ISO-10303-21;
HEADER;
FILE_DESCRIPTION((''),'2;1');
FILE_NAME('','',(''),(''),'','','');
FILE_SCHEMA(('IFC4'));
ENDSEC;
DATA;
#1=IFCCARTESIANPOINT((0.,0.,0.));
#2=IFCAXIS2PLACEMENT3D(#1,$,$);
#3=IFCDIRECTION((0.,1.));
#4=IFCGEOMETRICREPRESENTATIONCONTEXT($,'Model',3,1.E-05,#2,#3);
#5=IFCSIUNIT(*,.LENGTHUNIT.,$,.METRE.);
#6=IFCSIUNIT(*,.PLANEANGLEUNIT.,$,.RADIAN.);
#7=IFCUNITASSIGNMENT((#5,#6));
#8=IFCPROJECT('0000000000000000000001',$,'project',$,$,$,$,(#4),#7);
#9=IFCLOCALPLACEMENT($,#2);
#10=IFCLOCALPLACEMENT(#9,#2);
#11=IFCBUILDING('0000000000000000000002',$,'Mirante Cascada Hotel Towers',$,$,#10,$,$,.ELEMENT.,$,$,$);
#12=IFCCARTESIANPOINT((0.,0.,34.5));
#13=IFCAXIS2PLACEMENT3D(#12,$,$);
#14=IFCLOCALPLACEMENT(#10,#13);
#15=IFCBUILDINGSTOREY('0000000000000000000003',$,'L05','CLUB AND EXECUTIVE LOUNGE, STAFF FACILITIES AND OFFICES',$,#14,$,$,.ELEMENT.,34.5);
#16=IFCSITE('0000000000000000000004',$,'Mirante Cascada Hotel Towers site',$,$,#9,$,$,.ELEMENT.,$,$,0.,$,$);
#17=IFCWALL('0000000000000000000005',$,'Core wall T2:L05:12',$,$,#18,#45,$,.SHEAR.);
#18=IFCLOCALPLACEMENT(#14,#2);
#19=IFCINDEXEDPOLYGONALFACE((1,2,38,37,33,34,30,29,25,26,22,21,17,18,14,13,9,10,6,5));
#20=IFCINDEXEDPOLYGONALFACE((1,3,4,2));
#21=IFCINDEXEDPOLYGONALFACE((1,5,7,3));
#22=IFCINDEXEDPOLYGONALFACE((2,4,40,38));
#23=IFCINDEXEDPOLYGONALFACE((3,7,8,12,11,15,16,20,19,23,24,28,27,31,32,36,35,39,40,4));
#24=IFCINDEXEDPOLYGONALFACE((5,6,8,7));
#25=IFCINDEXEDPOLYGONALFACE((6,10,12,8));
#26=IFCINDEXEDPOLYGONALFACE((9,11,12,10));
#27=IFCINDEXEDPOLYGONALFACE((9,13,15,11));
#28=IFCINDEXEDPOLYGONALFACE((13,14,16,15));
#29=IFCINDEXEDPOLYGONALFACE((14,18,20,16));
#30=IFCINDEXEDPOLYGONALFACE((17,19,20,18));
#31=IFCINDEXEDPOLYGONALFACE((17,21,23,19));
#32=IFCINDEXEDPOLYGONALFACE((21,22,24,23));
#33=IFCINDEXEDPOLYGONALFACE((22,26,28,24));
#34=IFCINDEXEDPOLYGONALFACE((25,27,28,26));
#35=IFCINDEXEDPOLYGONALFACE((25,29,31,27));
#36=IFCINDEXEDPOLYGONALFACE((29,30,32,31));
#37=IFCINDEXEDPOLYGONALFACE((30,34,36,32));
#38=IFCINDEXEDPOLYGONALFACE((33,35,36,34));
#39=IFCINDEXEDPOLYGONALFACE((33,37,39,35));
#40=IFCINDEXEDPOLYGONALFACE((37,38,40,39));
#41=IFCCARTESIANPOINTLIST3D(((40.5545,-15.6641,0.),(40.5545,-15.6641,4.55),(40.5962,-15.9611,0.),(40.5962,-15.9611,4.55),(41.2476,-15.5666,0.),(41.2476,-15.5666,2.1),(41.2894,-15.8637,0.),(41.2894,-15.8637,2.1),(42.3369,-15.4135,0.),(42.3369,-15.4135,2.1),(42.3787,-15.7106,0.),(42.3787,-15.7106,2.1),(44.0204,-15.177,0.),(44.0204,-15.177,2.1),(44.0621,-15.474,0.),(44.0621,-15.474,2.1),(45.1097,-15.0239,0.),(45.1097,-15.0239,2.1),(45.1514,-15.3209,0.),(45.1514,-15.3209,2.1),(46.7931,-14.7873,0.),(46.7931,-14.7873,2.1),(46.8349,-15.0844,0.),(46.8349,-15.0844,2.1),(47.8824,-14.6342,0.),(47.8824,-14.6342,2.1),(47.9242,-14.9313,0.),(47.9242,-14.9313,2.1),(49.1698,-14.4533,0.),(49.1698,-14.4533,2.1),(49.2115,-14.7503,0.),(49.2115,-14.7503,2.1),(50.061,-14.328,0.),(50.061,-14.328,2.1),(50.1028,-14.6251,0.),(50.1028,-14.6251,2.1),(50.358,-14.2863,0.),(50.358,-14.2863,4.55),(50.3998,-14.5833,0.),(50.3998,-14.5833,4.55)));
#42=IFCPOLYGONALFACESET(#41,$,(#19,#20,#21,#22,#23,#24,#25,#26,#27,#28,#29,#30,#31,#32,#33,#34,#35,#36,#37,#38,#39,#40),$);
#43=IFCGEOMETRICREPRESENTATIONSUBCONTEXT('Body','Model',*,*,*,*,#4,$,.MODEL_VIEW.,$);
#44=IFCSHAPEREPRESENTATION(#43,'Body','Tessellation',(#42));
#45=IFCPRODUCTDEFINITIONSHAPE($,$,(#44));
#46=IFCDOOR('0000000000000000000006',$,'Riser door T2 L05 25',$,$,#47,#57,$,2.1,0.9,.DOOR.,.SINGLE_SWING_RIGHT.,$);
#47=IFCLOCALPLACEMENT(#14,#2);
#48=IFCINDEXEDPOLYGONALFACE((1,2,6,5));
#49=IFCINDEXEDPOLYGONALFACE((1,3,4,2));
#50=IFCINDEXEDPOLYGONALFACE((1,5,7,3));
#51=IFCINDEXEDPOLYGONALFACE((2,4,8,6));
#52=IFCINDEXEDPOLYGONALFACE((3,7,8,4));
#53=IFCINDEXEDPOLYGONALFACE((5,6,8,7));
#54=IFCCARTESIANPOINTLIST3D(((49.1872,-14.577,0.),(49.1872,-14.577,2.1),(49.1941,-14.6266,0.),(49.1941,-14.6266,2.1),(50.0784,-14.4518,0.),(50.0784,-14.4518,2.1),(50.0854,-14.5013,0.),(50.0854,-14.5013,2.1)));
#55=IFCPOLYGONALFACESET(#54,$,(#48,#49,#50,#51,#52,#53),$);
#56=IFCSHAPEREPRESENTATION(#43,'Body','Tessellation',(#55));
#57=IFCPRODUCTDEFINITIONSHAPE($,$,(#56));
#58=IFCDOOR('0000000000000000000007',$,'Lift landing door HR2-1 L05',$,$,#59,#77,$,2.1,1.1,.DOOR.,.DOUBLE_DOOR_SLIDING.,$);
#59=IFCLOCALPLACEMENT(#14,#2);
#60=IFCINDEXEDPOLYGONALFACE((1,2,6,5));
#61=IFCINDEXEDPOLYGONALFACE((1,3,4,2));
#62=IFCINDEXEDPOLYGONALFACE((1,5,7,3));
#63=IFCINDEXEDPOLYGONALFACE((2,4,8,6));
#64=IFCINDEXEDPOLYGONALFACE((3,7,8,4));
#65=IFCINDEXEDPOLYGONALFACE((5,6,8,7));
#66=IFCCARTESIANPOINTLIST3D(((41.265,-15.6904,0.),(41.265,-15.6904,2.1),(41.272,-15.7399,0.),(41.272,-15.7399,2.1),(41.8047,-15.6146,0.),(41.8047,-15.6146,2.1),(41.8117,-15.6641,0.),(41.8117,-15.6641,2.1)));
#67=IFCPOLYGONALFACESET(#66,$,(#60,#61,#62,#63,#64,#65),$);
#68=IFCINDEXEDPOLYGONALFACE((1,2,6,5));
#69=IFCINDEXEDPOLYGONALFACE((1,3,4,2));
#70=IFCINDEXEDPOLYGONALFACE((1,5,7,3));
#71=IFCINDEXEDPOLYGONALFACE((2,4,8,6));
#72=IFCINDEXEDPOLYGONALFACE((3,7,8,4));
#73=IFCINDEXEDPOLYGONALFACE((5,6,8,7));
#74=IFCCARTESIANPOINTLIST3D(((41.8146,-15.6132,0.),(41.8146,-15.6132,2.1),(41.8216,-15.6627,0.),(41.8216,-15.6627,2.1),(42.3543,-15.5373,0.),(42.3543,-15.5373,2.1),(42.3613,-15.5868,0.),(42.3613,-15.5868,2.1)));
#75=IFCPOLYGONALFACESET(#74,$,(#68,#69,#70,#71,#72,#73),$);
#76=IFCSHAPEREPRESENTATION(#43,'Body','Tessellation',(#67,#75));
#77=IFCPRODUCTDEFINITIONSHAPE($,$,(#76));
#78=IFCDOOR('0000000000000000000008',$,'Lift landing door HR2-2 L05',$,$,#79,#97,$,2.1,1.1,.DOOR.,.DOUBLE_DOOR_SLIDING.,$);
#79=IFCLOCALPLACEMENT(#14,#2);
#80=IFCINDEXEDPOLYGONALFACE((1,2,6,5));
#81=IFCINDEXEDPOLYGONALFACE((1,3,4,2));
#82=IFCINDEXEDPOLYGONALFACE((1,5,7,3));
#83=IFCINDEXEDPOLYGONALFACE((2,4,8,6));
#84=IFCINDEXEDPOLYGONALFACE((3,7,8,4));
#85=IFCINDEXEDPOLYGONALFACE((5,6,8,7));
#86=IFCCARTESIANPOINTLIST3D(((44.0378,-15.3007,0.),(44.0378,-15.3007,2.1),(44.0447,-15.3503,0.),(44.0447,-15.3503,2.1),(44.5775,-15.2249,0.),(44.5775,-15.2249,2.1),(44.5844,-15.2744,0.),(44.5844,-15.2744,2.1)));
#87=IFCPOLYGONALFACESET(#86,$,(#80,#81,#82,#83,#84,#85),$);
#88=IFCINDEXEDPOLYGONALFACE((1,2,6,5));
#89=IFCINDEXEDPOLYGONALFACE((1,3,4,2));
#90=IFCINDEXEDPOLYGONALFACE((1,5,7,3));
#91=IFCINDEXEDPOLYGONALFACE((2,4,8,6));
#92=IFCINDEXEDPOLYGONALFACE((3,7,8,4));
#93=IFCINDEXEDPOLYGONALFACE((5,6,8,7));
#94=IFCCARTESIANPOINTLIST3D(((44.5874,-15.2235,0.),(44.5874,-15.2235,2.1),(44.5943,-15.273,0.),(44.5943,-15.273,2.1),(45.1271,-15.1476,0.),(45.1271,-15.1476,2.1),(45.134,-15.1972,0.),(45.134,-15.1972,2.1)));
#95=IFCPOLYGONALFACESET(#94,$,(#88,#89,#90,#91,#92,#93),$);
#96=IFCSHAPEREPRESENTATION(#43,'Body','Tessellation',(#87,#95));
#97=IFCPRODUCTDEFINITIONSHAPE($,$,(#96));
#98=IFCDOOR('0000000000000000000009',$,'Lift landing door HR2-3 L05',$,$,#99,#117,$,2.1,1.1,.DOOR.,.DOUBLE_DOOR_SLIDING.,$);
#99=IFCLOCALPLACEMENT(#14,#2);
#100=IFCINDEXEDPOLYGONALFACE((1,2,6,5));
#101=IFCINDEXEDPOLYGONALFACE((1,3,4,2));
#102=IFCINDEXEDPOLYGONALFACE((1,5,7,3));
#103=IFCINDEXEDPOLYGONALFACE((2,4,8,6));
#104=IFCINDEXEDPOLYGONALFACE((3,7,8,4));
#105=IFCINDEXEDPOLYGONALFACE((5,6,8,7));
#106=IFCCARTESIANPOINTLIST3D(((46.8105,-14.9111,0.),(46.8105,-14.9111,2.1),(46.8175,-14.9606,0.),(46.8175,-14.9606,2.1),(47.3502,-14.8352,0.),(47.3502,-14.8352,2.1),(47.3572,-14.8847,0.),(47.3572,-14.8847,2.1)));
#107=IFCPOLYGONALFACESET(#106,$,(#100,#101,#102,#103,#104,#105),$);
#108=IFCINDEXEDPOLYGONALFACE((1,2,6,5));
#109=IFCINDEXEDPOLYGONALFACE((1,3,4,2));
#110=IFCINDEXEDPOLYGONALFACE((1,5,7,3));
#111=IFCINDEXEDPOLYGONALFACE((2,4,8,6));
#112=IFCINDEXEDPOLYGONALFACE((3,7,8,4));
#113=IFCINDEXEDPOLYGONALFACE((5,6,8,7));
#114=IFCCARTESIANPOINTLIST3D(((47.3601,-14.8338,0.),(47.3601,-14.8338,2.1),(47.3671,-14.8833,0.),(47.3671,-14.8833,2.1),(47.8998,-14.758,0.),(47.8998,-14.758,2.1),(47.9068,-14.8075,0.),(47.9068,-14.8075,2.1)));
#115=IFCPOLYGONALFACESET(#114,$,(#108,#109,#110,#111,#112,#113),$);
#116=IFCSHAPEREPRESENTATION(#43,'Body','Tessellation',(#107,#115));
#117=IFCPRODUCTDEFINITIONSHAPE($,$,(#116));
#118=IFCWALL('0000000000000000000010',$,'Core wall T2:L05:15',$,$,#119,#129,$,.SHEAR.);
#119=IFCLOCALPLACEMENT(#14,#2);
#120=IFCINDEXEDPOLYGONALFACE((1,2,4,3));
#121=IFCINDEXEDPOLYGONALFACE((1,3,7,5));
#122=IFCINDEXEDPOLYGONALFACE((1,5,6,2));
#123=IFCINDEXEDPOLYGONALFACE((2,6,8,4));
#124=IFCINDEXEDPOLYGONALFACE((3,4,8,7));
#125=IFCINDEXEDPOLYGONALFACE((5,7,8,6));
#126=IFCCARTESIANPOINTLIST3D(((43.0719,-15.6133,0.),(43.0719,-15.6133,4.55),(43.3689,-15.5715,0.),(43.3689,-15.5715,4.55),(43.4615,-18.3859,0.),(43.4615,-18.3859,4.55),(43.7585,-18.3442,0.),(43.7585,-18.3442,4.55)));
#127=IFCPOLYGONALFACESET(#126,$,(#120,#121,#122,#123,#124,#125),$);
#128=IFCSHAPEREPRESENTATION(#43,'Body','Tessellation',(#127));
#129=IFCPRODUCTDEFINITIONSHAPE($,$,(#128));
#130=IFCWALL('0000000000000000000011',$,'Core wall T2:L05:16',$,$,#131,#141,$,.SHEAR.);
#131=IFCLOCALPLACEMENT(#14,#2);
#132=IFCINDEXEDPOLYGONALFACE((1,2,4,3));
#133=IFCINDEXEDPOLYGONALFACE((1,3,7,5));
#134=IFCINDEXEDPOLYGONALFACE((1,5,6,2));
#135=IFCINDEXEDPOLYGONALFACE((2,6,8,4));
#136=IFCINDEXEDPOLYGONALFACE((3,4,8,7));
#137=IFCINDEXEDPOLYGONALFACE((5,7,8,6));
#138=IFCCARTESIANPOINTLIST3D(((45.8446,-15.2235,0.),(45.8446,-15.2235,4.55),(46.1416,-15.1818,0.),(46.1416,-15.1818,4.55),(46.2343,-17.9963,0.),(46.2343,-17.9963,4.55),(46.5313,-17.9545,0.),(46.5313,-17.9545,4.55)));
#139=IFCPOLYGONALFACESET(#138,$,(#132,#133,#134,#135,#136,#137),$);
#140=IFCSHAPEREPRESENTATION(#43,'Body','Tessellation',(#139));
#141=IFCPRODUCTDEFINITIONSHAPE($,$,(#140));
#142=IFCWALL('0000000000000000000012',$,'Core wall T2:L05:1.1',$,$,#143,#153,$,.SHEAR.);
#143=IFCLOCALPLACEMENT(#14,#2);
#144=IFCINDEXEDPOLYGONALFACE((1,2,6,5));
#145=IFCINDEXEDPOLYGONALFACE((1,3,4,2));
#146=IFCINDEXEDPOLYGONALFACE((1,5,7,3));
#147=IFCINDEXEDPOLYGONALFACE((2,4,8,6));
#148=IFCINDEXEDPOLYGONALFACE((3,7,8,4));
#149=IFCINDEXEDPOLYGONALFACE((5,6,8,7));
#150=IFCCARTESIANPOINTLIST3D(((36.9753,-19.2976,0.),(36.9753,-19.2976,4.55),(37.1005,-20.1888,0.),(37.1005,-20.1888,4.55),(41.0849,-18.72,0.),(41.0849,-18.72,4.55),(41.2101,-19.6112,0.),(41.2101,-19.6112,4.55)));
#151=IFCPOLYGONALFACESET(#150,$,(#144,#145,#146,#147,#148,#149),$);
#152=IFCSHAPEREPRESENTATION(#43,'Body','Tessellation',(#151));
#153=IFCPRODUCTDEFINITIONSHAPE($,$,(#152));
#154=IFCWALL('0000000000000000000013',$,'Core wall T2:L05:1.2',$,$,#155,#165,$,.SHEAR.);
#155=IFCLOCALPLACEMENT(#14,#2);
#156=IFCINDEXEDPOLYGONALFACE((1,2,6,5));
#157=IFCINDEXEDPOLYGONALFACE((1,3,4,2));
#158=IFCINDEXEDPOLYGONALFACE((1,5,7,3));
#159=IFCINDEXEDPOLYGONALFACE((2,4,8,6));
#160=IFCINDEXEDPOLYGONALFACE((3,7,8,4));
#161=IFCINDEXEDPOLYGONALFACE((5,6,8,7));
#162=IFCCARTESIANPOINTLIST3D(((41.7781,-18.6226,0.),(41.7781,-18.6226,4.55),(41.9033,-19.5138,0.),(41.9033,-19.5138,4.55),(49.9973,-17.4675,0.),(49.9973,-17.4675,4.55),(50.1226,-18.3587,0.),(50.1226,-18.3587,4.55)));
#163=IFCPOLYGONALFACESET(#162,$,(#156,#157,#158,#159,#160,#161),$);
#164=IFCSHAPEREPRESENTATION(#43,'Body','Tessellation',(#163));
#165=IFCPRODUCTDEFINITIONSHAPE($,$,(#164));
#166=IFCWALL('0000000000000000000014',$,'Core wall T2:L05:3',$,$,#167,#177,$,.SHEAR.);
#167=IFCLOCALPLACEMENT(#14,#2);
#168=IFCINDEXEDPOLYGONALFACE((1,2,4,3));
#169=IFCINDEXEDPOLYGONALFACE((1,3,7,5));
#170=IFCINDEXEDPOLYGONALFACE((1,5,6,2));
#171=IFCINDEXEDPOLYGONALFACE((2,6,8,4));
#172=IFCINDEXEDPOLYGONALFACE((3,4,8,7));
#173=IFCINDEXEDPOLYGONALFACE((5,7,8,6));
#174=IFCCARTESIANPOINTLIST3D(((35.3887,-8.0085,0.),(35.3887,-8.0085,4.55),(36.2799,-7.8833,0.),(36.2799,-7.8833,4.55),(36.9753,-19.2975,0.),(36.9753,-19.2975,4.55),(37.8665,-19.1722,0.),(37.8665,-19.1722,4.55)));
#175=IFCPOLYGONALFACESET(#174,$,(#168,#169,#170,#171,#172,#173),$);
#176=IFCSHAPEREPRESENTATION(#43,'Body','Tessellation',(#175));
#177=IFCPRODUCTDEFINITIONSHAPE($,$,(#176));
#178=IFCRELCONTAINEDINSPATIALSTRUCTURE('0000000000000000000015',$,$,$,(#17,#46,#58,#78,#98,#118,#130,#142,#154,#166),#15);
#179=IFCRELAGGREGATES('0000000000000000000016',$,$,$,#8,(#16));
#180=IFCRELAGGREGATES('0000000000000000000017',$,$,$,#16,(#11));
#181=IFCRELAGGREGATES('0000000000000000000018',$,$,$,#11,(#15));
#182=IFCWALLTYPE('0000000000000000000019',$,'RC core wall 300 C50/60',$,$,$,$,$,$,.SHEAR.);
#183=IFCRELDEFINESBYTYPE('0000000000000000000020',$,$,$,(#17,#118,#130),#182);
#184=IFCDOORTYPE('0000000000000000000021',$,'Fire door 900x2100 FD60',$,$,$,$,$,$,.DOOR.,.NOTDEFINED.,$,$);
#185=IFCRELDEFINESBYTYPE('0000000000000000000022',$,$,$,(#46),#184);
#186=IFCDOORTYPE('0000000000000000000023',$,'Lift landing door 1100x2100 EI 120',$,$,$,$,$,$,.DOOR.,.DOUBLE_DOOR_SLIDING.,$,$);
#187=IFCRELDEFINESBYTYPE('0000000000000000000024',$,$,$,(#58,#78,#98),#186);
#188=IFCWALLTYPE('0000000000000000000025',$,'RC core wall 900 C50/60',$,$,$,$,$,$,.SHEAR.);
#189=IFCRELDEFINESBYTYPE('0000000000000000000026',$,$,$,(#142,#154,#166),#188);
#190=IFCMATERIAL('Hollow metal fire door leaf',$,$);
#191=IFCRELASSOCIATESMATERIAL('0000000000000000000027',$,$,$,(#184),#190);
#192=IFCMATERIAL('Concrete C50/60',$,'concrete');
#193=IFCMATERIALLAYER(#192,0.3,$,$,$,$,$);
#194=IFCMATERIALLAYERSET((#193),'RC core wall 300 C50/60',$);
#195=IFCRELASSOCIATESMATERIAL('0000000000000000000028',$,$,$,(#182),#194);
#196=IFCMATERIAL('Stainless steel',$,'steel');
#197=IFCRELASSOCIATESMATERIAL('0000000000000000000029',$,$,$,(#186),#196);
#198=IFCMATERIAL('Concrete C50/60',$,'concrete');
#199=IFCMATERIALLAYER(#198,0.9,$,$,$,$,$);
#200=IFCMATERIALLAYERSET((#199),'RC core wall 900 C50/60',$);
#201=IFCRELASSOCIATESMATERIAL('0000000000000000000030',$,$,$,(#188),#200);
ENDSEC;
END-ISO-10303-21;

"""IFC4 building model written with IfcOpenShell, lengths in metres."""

from ifc_helpers import new_model, si_unit, direction, frame, frame_2d, origin, place, context, subcontext, project, spatial, rectangle, extrude, material, layer, layer_set, type_object, element, fill, save


model = new_model("IFC4")

# Units and contexts
model_context = context("Model", 3, precision=1e-05, world=origin(), true_north=direction((0.0, 1.0)))
body_context = subcontext(model_context, "Body", "Model", "MODEL_VIEW")
ifc_project = project(units=[si_unit("LENGTHUNIT", "METRE"), si_unit("PLANEANGLEUNIT", "RADIAN")], contexts=[model_context])

# Site, building, storey
site_placement = place(None, origin())
site = spatial("IfcSite", under=ifc_project, at=site_placement, Name="Mirante Cascada Hotel Towers site", CompositionType="ELEMENT", RefElevation=0.0)
building_placement = place(site_placement, origin())
building = spatial("IfcBuilding", under=site, at=building_placement, Name="Mirante Cascada Hotel Towers", CompositionType="ELEMENT")
storey_placement = place(building_placement, frame((0.0, 0.0, 34.5)))
storey = spatial("IfcBuildingStorey", under=building, at=storey_placement, Name="L05", Description="CLUB AND EXECUTIVE LOUNGE, STAFF FACILITIES AND OFFICES", CompositionType="ELEMENT", Elevation=34.5)

# Shared definitions
ifc_material_1 = material(Name="Hollow metal fire door leaf")
door_type_1 = type_object("IfcDoorType", Name="Fire door 900x2100 FD60", OperationType="NOTDEFINED", PredefinedType="DOOR", material=ifc_material_1)

# Shared definitions
ifc_material_2 = material(Name="Concrete C50/60", Category="concrete")
ifc_layer_1 = layer(ifc_material_2, 0.3)
ifc_layer_set_1 = layer_set([ifc_layer_1], Name="RC core wall 300 C50/60")
wall_type_1 = type_object("IfcWallType", Name="RC core wall 300 C50/60", PredefinedType="SHEAR", material=ifc_layer_set_1)

# Wall, openings, doors
wall_1_placement = place(storey_placement, frame((40.5753, -15.8126, 0.0), z_axis=(0.0, 0.0, 1.0), x_axis=(0.990268, 0.139173, 0.0)))
wall_1 = element("IfcWall", 1, at=wall_1_placement, inside=storey, type_object=wall_type_1, Name="Core wall T2:L05:12", PredefinedType="SHEAR", context=body_context, shape_type="SweptSolid", body=[
    extrude(rectangle(XDim=9.8999, YDim=0.3, at=frame_2d((4.95, 0.0))), origin(), (0.0, 0.0, 1.0), 4.55),
])
opening_1_placement = place(wall_1_placement, frame((0.7, 0.0, 0.0)))
opening_1 = element("IfcOpeningElement", 2, at=opening_1_placement, cuts=wall_1, PredefinedType="OPENING", context=body_context, shape_type="SweptSolid", body=[
    extrude(rectangle(XDim=1.1, YDim=2.1, at=frame_2d((0.55, 1.05))), frame((0.0, 0.15, 0.0), z_axis=(0.0, -1.0, 0.0), x_axis=(1.0, 0.0, 0.0)), (0.0, 0.0, 1.0), 0.3),
])
opening_2_placement = place(wall_1_placement, frame((3.5, 0.0, 0.0)))
opening_2 = element("IfcOpeningElement", 3, at=opening_2_placement, cuts=wall_1, PredefinedType="OPENING", context=body_context, shape_type="SweptSolid", body=[
    extrude(rectangle(XDim=1.1, YDim=2.1, at=frame_2d((0.55, 1.05))), frame((0.0, 0.15, 0.0), z_axis=(0.0, -1.0, 0.0), x_axis=(1.0, 0.0, 0.0)), (0.0, 0.0, 1.0), 0.3),
])
opening_3_placement = place(wall_1_placement, frame((6.3, 0.0, 0.0)))
opening_3 = element("IfcOpeningElement", 4, at=opening_3_placement, cuts=wall_1, PredefinedType="OPENING", context=body_context, shape_type="SweptSolid", body=[
    extrude(rectangle(XDim=1.1, YDim=2.1, at=frame_2d((0.55, 1.05))), frame((0.0, 0.15, 0.0), z_axis=(0.0, -1.0, 0.0), x_axis=(1.0, 0.0, 0.0)), (0.0, 0.0, 1.0), 0.3),
])
opening_4_placement = place(wall_1_placement, frame((8.7, 0.0, 0.0)))
opening_4 = element("IfcOpeningElement", 5, at=opening_4_placement, cuts=wall_1, PredefinedType="OPENING", context=body_context, shape_type="SweptSolid", body=[
    extrude(rectangle(XDim=0.9, YDim=2.1, at=frame_2d((0.45, 1.05))), frame((0.0, 0.15, 0.0), z_axis=(0.0, -1.0, 0.0), x_axis=(1.0, 0.0, 0.0)), (0.0, 0.0, 1.0), 0.3),
])
door_1_placement = place(opening_4_placement, frame((0.9, 0.0, 0.0), z_axis=(0.0, 0.0, 1.0), x_axis=(-1.0, 0.0, 0.0)))
door_1 = element("IfcDoor", 6, at=door_1_placement, inside=storey, type_object=door_type_1, Name="Riser door T2 L05 25", OperationType="SINGLE_SWING_RIGHT", OverallHeight=2.1, OverallWidth=0.9, PredefinedType="DOOR", context=body_context, shape_type="SweptSolid", body=[
    extrude(rectangle(XDim=0.9, YDim=2.1, at=frame_2d((0.45, 1.05))), frame((0.0, 0.025, 0.0), z_axis=(0.0, -1.0, 0.0), x_axis=(1.0, 0.0, 0.0)), (0.0, 0.0, 1.0), 0.05),
])
fill(opening_4, door_1)
ifc_material_3 = material(Name="Stainless steel", Category="steel")
door_type_2 = type_object("IfcDoorType", Name="Lift landing door 1100x2100 EI 120", OperationType="DOUBLE_DOOR_SLIDING", PredefinedType="DOOR", material=ifc_material_3)
door_2_placement = place(opening_1_placement, origin())
door_2 = element("IfcDoor", 7, at=door_2_placement, inside=storey, type_object=door_type_2, Name="Lift landing door HR2-1 L05", OperationType="DOUBLE_DOOR_SLIDING", OverallHeight=2.1, OverallWidth=1.1, PredefinedType="DOOR", context=body_context, shape_type="SweptSolid", body=[
    extrude(rectangle(XDim=0.545, YDim=2.1, at=frame_2d((0.2725, 1.05))), frame((0.0, 0.025, 0.0), z_axis=(0.0, -1.0, 0.0), x_axis=(1.0, 0.0, 0.0)), (0.0, 0.0, 1.0), 0.05),
    extrude(rectangle(XDim=0.545, YDim=2.1, at=frame_2d((0.8275, 1.05))), frame((0.0, 0.025, 0.0), z_axis=(0.0, -1.0, 0.0), x_axis=(1.0, 0.0, 0.0)), (0.0, 0.0, 1.0), 0.05),
])
fill(opening_1, door_2)
door_3_placement = place(opening_2_placement, origin())
door_3 = element("IfcDoor", 8, at=door_3_placement, inside=storey, type_object=door_type_2, Name="Lift landing door HR2-2 L05", OperationType="DOUBLE_DOOR_SLIDING", OverallHeight=2.1, OverallWidth=1.1, PredefinedType="DOOR", context=body_context, shape_type="SweptSolid", body=[
    extrude(rectangle(XDim=0.545, YDim=2.1, at=frame_2d((0.2725, 1.05))), frame((0.0, 0.025, 0.0), z_axis=(0.0, -1.0, 0.0), x_axis=(1.0, 0.0, 0.0)), (0.0, 0.0, 1.0), 0.05),
    extrude(rectangle(XDim=0.545, YDim=2.1, at=frame_2d((0.8275, 1.05))), frame((0.0, 0.025, 0.0), z_axis=(0.0, -1.0, 0.0), x_axis=(1.0, 0.0, 0.0)), (0.0, 0.0, 1.0), 0.05),
])
fill(opening_2, door_3)
door_4_placement = place(opening_3_placement, origin())
door_4 = element("IfcDoor", 9, at=door_4_placement, inside=storey, type_object=door_type_2, Name="Lift landing door HR2-3 L05", OperationType="DOUBLE_DOOR_SLIDING", OverallHeight=2.1, OverallWidth=1.1, PredefinedType="DOOR", context=body_context, shape_type="SweptSolid", body=[
    extrude(rectangle(XDim=0.545, YDim=2.1, at=frame_2d((0.2725, 1.05))), frame((0.0, 0.025, 0.0), z_axis=(0.0, -1.0, 0.0), x_axis=(1.0, 0.0, 0.0)), (0.0, 0.0, 1.0), 0.05),
    extrude(rectangle(XDim=0.545, YDim=2.1, at=frame_2d((0.8275, 1.05))), frame((0.0, 0.025, 0.0), z_axis=(0.0, -1.0, 0.0), x_axis=(1.0, 0.0, 0.0)), (0.0, 0.0, 1.0), 0.05),
])
fill(opening_3, door_4)

# Walls
wall_2_placement = place(storey_placement, frame((43.61, -18.3651, 0.0), z_axis=(0.0, 0.0, 1.0), x_axis=(-0.139146, 0.990272, 0.0)))
element("IfcWall", 10, at=wall_2_placement, inside=storey, type_object=wall_type_1, Name="Core wall T2:L05:15", PredefinedType="SHEAR", context=body_context, shape_type="SweptSolid", body=[
    extrude(rectangle(XDim=2.7999, YDim=0.3, at=frame_2d((1.4, 0.0))), origin(), (0.0, 0.0, 1.0), 4.55),
])
wall_3_placement = place(storey_placement, frame((46.3828, -17.9754, 0.0), z_axis=(0.0, 0.0, 1.0), x_axis=(-0.139181, 0.990267, 0.0)))
element("IfcWall", 11, at=wall_3_placement, inside=storey, type_object=wall_type_1, Name="Core wall T2:L05:16", PredefinedType="SHEAR", context=body_context, shape_type="SweptSolid", body=[
    extrude(rectangle(XDim=2.8, YDim=0.3, at=frame_2d((1.4, 0.0))), origin(), (0.0, 0.0, 1.0), 4.55),
])
ifc_material_4 = material(Name="Concrete C50/60", Category="concrete")
ifc_layer_2 = layer(ifc_material_4, 0.9)
ifc_layer_set_2 = layer_set([ifc_layer_2], Name="RC core wall 900 C50/60")
wall_type_2 = type_object("IfcWallType", Name="RC core wall 900 C50/60", PredefinedType="SHEAR", material=ifc_layer_set_2)
wall_4_placement = place(storey_placement, frame((37.0379, -19.7432, 0.0), z_axis=(0.0, 0.0, 1.0), x_axis=(0.990267, 0.139181, 0.0)))
element("IfcWall", 12, at=wall_4_placement, inside=storey, type_object=wall_type_2, Name="Core wall T2:L05:1.1", PredefinedType="SHEAR", context=body_context, shape_type="SweptSolid", body=[
    extrude(rectangle(XDim=4.15, YDim=0.9, at=frame_2d((2.075, 0.0))), origin(), (0.0, 0.0, 1.0), 4.55),
])
wall_5_placement = place(storey_placement, frame((41.8407, -19.0682, 0.0), z_axis=(0.0, 0.0, 1.0), x_axis=(0.990269, 0.139169, 0.0)))
element("IfcWall", 13, at=wall_5_placement, inside=storey, type_object=wall_type_2, Name="Core wall T2:L05:1.2", PredefinedType="SHEAR", context=body_context, shape_type="SweptSolid", body=[
    extrude(rectangle(XDim=8.3, YDim=0.9, at=frame_2d((4.15, 0.0))), origin(), (0.0, 0.0, 1.0), 4.55),
])
wall_6_placement = place(storey_placement, frame((37.4209, -19.2349, 0.0), z_axis=(0.0, 0.0, 1.0), x_axis=(-0.139176, 0.990268, 0.0)))
element("IfcWall", 14, at=wall_6_placement, inside=storey, type_object=wall_type_2, Name="Core wall T2:L05:3", PredefinedType="SHEAR", context=body_context, shape_type="SweptSolid", body=[
    extrude(rectangle(XDim=11.3999, YDim=0.9, at=frame_2d((5.7, 0.0))), origin(), (0.0, 0.0, 1.0), 4.55),
])

save(model, "model.ifc")
